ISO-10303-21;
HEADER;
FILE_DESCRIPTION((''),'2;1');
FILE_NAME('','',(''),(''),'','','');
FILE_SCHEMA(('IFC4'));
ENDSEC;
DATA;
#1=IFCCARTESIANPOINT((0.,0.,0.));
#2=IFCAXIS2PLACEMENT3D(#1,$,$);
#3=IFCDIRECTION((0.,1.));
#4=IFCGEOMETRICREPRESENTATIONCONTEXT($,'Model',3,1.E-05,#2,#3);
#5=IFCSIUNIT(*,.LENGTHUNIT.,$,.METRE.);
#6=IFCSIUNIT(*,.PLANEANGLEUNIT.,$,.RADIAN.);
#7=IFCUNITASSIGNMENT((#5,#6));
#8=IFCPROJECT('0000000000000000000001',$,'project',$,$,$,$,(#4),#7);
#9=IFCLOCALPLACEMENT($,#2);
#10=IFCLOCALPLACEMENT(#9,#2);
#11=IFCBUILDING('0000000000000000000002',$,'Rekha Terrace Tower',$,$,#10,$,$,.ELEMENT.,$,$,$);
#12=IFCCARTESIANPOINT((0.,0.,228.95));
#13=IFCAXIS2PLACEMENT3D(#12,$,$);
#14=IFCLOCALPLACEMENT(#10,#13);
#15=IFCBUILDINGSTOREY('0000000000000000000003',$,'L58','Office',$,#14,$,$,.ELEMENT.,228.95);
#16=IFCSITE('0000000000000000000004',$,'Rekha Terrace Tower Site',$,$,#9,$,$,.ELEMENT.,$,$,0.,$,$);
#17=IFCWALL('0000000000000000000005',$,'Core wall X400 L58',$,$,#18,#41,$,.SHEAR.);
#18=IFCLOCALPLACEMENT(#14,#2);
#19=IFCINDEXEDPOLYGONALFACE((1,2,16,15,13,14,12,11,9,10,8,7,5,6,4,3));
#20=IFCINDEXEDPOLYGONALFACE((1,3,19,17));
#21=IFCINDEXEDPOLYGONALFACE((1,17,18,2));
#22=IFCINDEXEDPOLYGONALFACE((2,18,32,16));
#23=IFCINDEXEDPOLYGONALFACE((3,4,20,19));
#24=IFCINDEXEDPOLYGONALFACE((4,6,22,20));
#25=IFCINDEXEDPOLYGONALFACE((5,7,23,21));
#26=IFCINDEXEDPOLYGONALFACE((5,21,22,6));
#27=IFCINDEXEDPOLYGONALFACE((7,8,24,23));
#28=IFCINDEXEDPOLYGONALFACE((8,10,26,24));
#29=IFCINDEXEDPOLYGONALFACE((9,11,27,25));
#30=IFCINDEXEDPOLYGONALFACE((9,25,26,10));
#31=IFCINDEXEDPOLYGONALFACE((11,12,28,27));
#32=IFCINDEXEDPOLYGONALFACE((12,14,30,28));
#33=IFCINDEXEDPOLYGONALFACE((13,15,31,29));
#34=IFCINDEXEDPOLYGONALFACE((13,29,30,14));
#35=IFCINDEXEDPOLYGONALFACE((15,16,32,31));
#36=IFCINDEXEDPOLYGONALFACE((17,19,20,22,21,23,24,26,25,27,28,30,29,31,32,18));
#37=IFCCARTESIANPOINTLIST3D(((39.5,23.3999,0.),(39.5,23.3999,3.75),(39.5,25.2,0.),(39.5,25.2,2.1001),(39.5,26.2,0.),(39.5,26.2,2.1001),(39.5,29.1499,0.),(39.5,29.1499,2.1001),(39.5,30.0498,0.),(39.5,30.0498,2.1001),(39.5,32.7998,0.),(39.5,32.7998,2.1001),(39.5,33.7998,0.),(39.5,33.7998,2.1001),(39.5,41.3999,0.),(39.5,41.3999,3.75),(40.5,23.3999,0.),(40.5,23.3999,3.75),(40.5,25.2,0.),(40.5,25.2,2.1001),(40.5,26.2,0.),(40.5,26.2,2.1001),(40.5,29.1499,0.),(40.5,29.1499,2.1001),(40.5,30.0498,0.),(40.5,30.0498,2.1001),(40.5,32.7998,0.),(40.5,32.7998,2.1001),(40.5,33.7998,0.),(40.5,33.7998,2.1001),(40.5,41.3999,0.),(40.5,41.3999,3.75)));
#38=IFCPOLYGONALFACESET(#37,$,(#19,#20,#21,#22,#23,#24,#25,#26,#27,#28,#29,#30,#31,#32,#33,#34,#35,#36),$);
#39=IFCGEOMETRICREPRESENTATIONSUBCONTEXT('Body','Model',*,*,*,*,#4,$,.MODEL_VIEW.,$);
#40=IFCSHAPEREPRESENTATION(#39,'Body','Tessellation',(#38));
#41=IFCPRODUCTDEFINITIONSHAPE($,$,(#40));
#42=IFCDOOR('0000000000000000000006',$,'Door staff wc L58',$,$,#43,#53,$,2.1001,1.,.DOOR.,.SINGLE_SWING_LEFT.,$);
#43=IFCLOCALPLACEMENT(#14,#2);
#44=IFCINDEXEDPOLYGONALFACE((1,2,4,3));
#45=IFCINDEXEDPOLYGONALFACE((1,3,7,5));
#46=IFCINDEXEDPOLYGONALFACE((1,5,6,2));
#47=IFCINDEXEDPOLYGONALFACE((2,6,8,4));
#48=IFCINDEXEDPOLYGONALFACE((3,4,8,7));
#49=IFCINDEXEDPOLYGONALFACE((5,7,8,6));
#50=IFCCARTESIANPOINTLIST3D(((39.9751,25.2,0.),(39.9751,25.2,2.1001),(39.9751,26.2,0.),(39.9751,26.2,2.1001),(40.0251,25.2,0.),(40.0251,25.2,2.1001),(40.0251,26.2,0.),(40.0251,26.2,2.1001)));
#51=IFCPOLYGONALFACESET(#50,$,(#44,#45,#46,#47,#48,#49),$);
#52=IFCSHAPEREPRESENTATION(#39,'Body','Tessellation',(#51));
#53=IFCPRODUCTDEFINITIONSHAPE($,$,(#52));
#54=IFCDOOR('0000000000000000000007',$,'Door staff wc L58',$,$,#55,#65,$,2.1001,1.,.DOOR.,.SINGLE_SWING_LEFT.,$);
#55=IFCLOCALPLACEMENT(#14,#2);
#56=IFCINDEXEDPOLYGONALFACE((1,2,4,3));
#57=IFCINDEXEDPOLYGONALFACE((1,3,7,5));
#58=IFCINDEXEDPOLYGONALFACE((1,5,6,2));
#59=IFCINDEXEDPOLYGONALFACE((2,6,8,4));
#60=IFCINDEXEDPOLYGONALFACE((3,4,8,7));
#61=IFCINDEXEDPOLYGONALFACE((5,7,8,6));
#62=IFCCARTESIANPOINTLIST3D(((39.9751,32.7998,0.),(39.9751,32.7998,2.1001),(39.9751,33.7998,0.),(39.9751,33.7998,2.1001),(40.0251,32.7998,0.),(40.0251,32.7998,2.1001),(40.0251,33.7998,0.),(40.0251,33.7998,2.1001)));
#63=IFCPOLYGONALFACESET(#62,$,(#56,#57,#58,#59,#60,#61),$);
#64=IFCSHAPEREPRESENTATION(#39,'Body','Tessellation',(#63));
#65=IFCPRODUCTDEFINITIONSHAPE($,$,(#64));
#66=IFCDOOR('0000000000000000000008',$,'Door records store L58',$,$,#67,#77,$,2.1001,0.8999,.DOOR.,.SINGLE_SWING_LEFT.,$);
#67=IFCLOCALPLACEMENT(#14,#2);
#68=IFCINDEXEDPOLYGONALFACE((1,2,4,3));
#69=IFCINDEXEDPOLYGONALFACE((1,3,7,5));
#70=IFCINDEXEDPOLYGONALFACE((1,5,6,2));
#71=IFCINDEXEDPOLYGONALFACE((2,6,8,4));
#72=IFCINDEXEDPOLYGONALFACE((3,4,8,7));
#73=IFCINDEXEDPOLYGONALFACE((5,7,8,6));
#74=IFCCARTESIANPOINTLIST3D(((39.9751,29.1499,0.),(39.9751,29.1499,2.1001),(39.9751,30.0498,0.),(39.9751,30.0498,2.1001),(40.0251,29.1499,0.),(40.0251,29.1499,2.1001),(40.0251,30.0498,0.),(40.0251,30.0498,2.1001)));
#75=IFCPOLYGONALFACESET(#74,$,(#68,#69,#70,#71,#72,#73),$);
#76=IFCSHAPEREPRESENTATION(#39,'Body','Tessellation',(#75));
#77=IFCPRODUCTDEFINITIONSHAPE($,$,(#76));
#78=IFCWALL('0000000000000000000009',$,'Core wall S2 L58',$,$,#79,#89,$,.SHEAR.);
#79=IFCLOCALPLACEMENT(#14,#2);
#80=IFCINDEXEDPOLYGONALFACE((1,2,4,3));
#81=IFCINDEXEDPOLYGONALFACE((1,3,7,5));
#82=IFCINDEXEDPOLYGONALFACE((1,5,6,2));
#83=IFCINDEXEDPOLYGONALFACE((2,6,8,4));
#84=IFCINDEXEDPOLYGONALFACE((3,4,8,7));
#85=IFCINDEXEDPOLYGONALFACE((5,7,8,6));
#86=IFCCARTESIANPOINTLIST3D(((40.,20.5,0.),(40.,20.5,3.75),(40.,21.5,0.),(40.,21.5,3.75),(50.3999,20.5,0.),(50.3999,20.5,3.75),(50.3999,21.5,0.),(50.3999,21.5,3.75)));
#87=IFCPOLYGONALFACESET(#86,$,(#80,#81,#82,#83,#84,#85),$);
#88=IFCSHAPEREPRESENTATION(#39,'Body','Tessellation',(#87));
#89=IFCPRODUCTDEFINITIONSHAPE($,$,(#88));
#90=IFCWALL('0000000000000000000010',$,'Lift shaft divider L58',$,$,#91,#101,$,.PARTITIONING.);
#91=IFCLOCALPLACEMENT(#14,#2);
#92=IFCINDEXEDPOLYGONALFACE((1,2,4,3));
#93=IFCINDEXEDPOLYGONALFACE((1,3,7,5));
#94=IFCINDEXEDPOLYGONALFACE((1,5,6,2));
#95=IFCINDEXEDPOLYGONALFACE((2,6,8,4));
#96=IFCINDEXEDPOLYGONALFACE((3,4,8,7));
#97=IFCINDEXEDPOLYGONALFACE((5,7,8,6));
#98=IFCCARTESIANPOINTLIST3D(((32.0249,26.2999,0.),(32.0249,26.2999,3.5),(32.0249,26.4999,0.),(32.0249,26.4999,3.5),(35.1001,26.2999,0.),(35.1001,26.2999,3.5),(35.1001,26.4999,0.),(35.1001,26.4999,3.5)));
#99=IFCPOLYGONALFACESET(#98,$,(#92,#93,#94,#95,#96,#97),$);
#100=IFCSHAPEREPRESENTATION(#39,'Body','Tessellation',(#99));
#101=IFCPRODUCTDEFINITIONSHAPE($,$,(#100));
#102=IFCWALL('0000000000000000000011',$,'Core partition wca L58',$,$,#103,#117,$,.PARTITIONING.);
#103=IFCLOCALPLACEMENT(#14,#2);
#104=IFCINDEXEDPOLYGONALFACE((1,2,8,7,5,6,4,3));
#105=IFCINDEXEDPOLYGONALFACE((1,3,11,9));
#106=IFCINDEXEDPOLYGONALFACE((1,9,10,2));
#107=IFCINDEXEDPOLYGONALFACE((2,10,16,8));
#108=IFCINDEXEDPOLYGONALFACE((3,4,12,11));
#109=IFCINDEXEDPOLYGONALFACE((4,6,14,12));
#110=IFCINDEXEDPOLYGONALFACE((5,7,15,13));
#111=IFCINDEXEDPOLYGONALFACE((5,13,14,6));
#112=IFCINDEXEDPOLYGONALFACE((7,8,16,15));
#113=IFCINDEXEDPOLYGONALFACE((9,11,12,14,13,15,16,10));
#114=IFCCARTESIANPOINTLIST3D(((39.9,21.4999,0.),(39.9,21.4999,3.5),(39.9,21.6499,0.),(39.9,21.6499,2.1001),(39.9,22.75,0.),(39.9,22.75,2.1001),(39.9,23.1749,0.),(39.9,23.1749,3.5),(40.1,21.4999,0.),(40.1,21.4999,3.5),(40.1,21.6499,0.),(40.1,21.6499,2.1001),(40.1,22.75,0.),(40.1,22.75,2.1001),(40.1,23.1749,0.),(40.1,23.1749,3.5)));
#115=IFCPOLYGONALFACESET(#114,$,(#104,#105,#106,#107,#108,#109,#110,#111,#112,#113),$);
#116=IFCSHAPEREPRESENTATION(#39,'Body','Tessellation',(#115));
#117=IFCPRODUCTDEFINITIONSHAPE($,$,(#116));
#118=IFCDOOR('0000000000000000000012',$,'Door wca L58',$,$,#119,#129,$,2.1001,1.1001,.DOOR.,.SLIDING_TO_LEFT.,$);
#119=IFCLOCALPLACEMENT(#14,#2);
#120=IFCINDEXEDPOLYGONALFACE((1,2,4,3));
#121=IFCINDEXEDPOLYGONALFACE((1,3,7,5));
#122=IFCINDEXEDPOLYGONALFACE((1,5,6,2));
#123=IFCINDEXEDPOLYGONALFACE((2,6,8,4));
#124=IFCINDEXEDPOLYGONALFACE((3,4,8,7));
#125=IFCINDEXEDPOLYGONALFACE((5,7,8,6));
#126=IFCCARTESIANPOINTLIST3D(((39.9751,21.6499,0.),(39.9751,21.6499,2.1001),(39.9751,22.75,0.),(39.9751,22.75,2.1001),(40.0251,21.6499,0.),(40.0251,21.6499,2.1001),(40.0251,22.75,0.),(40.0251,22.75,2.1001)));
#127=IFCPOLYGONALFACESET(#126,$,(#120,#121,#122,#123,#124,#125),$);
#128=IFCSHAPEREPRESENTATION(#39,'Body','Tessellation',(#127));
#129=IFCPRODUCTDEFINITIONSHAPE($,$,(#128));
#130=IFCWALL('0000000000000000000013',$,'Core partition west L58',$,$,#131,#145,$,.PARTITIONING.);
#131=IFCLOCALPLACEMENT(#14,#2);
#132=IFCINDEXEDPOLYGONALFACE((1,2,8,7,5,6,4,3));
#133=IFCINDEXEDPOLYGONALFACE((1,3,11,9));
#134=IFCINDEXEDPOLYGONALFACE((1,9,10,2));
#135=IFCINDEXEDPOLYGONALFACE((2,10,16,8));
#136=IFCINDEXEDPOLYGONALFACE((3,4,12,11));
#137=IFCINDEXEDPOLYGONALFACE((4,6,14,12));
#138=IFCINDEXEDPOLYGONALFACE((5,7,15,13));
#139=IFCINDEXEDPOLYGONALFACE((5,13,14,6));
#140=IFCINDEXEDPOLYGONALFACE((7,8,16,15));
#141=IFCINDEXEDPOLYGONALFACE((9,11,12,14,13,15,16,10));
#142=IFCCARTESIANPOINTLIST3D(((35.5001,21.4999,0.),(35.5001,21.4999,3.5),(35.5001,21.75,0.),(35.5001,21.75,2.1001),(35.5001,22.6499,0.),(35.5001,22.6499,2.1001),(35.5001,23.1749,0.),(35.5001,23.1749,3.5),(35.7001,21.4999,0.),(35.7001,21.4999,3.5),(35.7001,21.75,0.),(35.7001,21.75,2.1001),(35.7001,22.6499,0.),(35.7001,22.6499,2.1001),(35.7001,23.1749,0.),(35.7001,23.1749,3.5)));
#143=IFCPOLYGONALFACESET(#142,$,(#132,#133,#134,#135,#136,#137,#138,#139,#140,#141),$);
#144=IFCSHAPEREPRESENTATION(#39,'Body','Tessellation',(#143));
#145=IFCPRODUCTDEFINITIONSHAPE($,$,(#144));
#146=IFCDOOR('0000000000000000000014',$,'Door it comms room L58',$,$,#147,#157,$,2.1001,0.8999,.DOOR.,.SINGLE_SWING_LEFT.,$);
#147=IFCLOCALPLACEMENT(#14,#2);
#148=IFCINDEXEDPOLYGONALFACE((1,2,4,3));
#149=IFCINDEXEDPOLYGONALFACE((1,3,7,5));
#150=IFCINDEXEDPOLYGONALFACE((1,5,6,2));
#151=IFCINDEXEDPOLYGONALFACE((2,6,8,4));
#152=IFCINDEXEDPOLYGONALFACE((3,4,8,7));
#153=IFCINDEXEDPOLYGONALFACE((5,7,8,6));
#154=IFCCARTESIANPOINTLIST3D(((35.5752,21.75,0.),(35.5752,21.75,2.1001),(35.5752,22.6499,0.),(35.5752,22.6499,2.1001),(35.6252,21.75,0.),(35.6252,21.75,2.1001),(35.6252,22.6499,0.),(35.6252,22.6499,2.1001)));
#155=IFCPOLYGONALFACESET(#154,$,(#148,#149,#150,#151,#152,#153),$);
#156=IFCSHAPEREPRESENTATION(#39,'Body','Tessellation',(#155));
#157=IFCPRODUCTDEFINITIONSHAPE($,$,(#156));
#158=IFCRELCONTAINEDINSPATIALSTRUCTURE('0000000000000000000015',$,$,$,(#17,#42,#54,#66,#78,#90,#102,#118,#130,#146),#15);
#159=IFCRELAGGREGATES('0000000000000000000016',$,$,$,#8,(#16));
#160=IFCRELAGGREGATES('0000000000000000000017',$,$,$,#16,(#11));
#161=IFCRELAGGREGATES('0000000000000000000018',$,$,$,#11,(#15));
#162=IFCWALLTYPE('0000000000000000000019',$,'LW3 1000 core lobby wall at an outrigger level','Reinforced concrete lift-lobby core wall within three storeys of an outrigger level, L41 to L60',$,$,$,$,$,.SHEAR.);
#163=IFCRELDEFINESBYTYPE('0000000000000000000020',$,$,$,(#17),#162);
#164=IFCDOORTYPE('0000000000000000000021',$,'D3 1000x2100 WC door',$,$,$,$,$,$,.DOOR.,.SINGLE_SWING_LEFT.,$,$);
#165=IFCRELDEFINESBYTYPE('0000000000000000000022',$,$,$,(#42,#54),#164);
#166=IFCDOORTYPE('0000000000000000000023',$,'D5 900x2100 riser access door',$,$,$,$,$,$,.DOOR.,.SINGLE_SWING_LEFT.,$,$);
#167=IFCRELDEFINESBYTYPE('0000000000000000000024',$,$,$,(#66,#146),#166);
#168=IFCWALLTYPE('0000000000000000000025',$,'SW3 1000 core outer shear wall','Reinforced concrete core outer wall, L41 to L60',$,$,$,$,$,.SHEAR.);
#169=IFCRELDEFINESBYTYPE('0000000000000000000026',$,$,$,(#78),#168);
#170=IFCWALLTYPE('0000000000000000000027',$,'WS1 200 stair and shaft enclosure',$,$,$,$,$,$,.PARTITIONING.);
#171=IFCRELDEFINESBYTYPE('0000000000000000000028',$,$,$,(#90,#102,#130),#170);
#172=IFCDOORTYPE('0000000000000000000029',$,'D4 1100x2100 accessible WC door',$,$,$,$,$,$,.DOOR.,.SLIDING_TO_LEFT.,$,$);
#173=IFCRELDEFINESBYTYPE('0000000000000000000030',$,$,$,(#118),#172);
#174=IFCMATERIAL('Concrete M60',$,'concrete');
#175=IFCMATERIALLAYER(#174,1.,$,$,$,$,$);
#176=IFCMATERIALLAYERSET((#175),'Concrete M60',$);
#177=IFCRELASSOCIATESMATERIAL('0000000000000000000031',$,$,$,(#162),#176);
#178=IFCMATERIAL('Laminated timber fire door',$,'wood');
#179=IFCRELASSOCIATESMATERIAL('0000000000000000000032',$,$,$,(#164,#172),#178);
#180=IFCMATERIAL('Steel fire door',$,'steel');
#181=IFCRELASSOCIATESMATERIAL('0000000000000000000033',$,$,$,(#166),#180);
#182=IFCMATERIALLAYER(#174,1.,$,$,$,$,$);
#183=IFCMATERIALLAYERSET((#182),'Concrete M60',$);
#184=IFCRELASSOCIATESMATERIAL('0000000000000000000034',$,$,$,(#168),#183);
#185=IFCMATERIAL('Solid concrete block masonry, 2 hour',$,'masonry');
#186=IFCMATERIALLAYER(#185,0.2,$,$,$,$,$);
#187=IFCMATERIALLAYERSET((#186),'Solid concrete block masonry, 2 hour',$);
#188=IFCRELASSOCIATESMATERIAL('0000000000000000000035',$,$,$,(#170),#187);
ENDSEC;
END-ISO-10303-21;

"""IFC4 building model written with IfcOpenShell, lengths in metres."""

from ifc_helpers import new_model, si_unit, direction, frame, frame_2d, origin, place, context, subcontext, project, spatial, rectangle, extrude, material, layer, layer_set, type_object, element, fill, save


model = new_model("IFC4")

# Units and contexts
model_context = context("Model", 3, precision=1e-05, world=origin(), true_north=direction((0.0, 1.0)))
body_context = subcontext(model_context, "Body", "Model", "MODEL_VIEW")
ifc_project = project(units=[si_unit("LENGTHUNIT", "METRE"), si_unit("PLANEANGLEUNIT", "RADIAN")], contexts=[model_context])

# Site, building, storey
site_placement = place(None, origin())
site = spatial("IfcSite", under=ifc_project, at=site_placement, Name="Rekha Terrace Tower Site", CompositionType="ELEMENT", RefElevation=0.0)
building_placement = place(site_placement, origin())
building = spatial("IfcBuilding", under=site, at=building_placement, Name="Rekha Terrace Tower", CompositionType="ELEMENT")
storey_placement = place(building_placement, frame((0.0, 0.0, 228.95)))
storey = spatial("IfcBuildingStorey", under=building, at=storey_placement, Name="L58", Description="Office", CompositionType="ELEMENT", Elevation=228.95)

# Shared definitions
ifc_material_1 = material(Name="Concrete M60", Category="concrete")

# Wall, openings, doors
ifc_layer_1 = layer(ifc_material_1, 1.0)
ifc_layer_set_1 = layer_set([ifc_layer_1], Name="Concrete M60")
wall_type_1 = type_object("IfcWallType", Name="LW3 1000 core lobby wall at an outrigger level", Description="Reinforced concrete lift-lobby core wall within three storeys of an outrigger level, L41 to L60", PredefinedType="SHEAR", material=ifc_layer_set_1)
wall_1_placement = place(storey_placement, frame((40.0, 23.3999, 0.0), z_axis=(0.0, 0.0, 1.0), x_axis=(0.0, 1.0, 0.0)))
wall_1 = element("IfcWall", 1, at=wall_1_placement, inside=storey, type_object=wall_type_1, Name="Core wall X400 L58", PredefinedType="SHEAR", context=body_context, shape_type="SweptSolid", body=[
    extrude(rectangle(XDim=18.0, YDim=1.0, at=frame_2d((9.0, 0.0))), origin(), (0.0, 0.0, 1.0), 3.75),
])
opening_1_placement = place(wall_1_placement, frame((1.8, 0.0, 0.0)))
opening_1 = element("IfcOpeningElement", 2, at=opening_1_placement, cuts=wall_1, PredefinedType="OPENING", context=body_context, shape_type="SweptSolid", body=[
    extrude(rectangle(XDim=1.0, YDim=2.1001, at=frame_2d((0.5, 1.05))), frame((0.0, 0.51, 0.0), z_axis=(0.0, -1.0, 0.0), x_axis=(1.0, 0.0, 0.0)), (0.0, 0.0, 1.0), 1.02),
])
opening_2_placement = place(wall_1_placement, frame((5.75, 0.0, 0.0)))
opening_2 = element("IfcOpeningElement", 3, at=opening_2_placement, cuts=wall_1, PredefinedType="OPENING", context=body_context, shape_type="SweptSolid", body=[
    extrude(rectangle(XDim=0.8999, YDim=2.1001, at=frame_2d((0.45, 1.05))), frame((0.0, 0.51, 0.0), z_axis=(0.0, -1.0, 0.0), x_axis=(1.0, 0.0, 0.0)), (0.0, 0.0, 1.0), 1.02),
])
opening_3_placement = place(wall_1_placement, frame((9.3999, 0.0, 0.0)))
opening_3 = element("IfcOpeningElement", 4, at=opening_3_placement, cuts=wall_1, PredefinedType="OPENING", context=body_context, shape_type="SweptSolid", body=[
    extrude(rectangle(XDim=1.0, YDim=2.1001, at=frame_2d((0.5, 1.05))), frame((0.0, 0.51, 0.0), z_axis=(0.0, -1.0, 0.0), x_axis=(1.0, 0.0, 0.0)), (0.0, 0.0, 1.0), 1.02),
])
ifc_material_2 = material(Name="Laminated timber fire door", Category="wood")
door_type_1 = type_object("IfcDoorType", Name="D3 1000x2100 WC door", OperationType="SINGLE_SWING_LEFT", PredefinedType="DOOR", material=ifc_material_2)
door_1_placement = place(opening_1_placement, origin())
door_1 = element("IfcDoor", 5, at=door_1_placement, inside=storey, type_object=door_type_1, Name="Door staff wc L58", OperationType="SINGLE_SWING_LEFT", OverallHeight=2.1001, OverallWidth=1.0, PredefinedType="DOOR", context=body_context, shape_type="SweptSolid", body=[
    extrude(rectangle(XDim=1.0, YDim=2.1001, at=frame_2d((0.5, 1.05))), frame((0.0, 0.0249, 0.0), z_axis=(0.0, -1.0, 0.0), x_axis=(1.0, 0.0, 0.0)), (0.0, 0.0, 1.0), 0.05),
])
fill(opening_1, door_1)
door_2_placement = place(opening_3_placement, origin())
door_2 = element("IfcDoor", 6, at=door_2_placement, inside=storey, type_object=door_type_1, Name="Door staff wc L58", OperationType="SINGLE_SWING_LEFT", OverallHeight=2.1001, OverallWidth=1.0, PredefinedType="DOOR", context=body_context, shape_type="SweptSolid", body=[
    extrude(rectangle(XDim=1.0, YDim=2.1001, at=frame_2d((0.5, 1.05))), frame((0.0, 0.0249, 0.0), z_axis=(0.0, -1.0, 0.0), x_axis=(1.0, 0.0, 0.0)), (0.0, 0.0, 1.0), 0.05),
])
fill(opening_3, door_2)
ifc_material_3 = material(Name="Steel fire door", Category="steel")
door_type_2 = type_object("IfcDoorType", Name="D5 900x2100 riser access door", OperationType="SINGLE_SWING_LEFT", PredefinedType="DOOR", material=ifc_material_3)
door_3_placement = place(opening_2_placement, origin())
door_3 = element("IfcDoor", 7, at=door_3_placement, inside=storey, type_object=door_type_2, Name="Door records store L58", OperationType="SINGLE_SWING_LEFT", OverallHeight=2.1001, OverallWidth=0.8999, PredefinedType="DOOR", context=body_context, shape_type="SweptSolid", body=[
    extrude(rectangle(XDim=0.8999, YDim=2.1001, at=frame_2d((0.45, 1.05))), frame((0.0, 0.0249, 0.0), z_axis=(0.0, -1.0, 0.0), x_axis=(1.0, 0.0, 0.0)), (0.0, 0.0, 1.0), 0.05),
])
fill(opening_2, door_3)

# Walls
ifc_layer_2 = layer(ifc_material_1, 1.0)
ifc_layer_set_2 = layer_set([ifc_layer_2], Name="Concrete M60")
wall_type_2 = type_object("IfcWallType", Name="SW3 1000 core outer shear wall", Description="Reinforced concrete core outer wall, L41 to L60", PredefinedType="SHEAR", material=ifc_layer_set_2)
wall_2_placement = place(storey_placement, frame((40.0, 21.0, 0.0), z_axis=(0.0, 0.0, 1.0), x_axis=(1.0, 0.0, 0.0)))
element("IfcWall", 8, at=wall_2_placement, inside=storey, type_object=wall_type_2, Name="Core wall S2 L58", PredefinedType="SHEAR", context=body_context, shape_type="SweptSolid", body=[
    extrude(rectangle(XDim=10.3999, YDim=1.0, at=frame_2d((5.2, 0.0))), origin(), (0.0, 0.0, 1.0), 3.75),
])
ifc_material_4 = material(Name="Solid concrete block masonry, 2 hour", Category="masonry")
ifc_layer_3 = layer(ifc_material_4, 0.2)
ifc_layer_set_3 = layer_set([ifc_layer_3], Name="Solid concrete block masonry, 2 hour")
wall_type_3 = type_object("IfcWallType", Name="WS1 200 stair and shaft enclosure", PredefinedType="PARTITIONING", material=ifc_layer_set_3)
wall_3_placement = place(storey_placement, frame((32.0249, 26.3999, 0.0), z_axis=(0.0, 0.0, 1.0), x_axis=(1.0, 0.0, 0.0)))
element("IfcWall", 9, at=wall_3_placement, inside=storey, type_object=wall_type_3, Name="Lift shaft divider L58", PredefinedType="PARTITIONING", context=body_context, shape_type="SweptSolid", body=[
    extrude(rectangle(XDim=3.0752, YDim=0.2, at=frame_2d((1.5376, 0.0))), origin(), (0.0, 0.0, 1.0), 3.5),
])

# Walls, openings, doors
wall_4_placement = place(storey_placement, frame((40.0, 21.5, 0.0), z_axis=(0.0, 0.0, 1.0), x_axis=(0.0, 1.0, 0.0)))
wall_4 = element("IfcWall", 10, at=wall_4_placement, inside=storey, type_object=wall_type_3, Name="Core partition wca L58", PredefinedType="PARTITIONING", context=body_context, shape_type="SweptSolid", body=[
    extrude(rectangle(XDim=1.675, YDim=0.2, at=frame_2d((0.8374, 0.0))), origin(), (0.0, 0.0, 1.0), 3.5),
])
opening_4_placement = place(wall_4_placement, frame((0.1499, 0.0, 0.0)))
opening_4 = element("IfcOpeningElement", 11, at=opening_4_placement, cuts=wall_4, PredefinedType="OPENING", context=body_context, shape_type="SweptSolid", body=[
    extrude(rectangle(XDim=1.1001, YDim=2.1001, at=frame_2d((0.55, 1.05))), frame((0.0, 0.1099, 0.0), z_axis=(0.0, -1.0, 0.0), x_axis=(1.0, 0.0, 0.0)), (0.0, 0.0, 1.0), 0.22),
])
door_type_3 = type_object("IfcDoorType", Name="D4 1100x2100 accessible WC door", OperationType="SLIDING_TO_LEFT", PredefinedType="DOOR", material=ifc_material_2)
door_4_placement = place(opening_4_placement, origin())
door_4 = element("IfcDoor", 12, at=door_4_placement, inside=storey, type_object=door_type_3, Name="Door wca L58", OperationType="SLIDING_TO_LEFT", OverallHeight=2.1001, OverallWidth=1.1001, PredefinedType="DOOR", context=body_context, shape_type="SweptSolid", body=[
    extrude(rectangle(XDim=1.1001, YDim=2.1001, at=frame_2d((0.55, 1.05))), frame((0.0, 0.0249, 0.0), z_axis=(0.0, -1.0, 0.0), x_axis=(1.0, 0.0, 0.0)), (0.0, 0.0, 1.0), 0.05),
])
fill(opening_4, door_4)
wall_5_placement = place(storey_placement, frame((35.6001, 21.5, 0.0), z_axis=(0.0, 0.0, 1.0), x_axis=(0.0, 1.0, 0.0)))
wall_5 = element("IfcWall", 13, at=wall_5_placement, inside=storey, type_object=wall_type_3, Name="Core partition west L58", PredefinedType="PARTITIONING", context=body_context, shape_type="SweptSolid", body=[
    extrude(rectangle(XDim=1.675, YDim=0.2, at=frame_2d((0.8374, 0.0))), origin(), (0.0, 0.0, 1.0), 3.5),
])
opening_5_placement = place(wall_5_placement, frame((0.25, 0.0, 0.0)))
opening_5 = element("IfcOpeningElement", 14, at=opening_5_placement, cuts=wall_5, PredefinedType="OPENING", context=body_context, shape_type="SweptSolid", body=[
    extrude(rectangle(XDim=0.8999, YDim=2.1001, at=frame_2d((0.45, 1.05))), frame((0.0, 0.1099, 0.0), z_axis=(0.0, -1.0, 0.0), x_axis=(1.0, 0.0, 0.0)), (0.0, 0.0, 1.0), 0.22),
])
door_5_placement = place(opening_5_placement, origin())
door_5 = element("IfcDoor", 15, at=door_5_placement, inside=storey, type_object=door_type_2, Name="Door it comms room L58", OperationType="SINGLE_SWING_LEFT", OverallHeight=2.1001, OverallWidth=0.8999, PredefinedType="DOOR", context=body_context, shape_type="SweptSolid", body=[
    extrude(rectangle(XDim=0.8999, YDim=2.1001, at=frame_2d((0.45, 1.05))), frame((0.0, 0.0249, 0.0), z_axis=(0.0, -1.0, 0.0), x_axis=(1.0, 0.0, 0.0)), (0.0, 0.0, 1.0), 0.05),
])
fill(opening_5, door_5)

save(model, "model.ifc")
